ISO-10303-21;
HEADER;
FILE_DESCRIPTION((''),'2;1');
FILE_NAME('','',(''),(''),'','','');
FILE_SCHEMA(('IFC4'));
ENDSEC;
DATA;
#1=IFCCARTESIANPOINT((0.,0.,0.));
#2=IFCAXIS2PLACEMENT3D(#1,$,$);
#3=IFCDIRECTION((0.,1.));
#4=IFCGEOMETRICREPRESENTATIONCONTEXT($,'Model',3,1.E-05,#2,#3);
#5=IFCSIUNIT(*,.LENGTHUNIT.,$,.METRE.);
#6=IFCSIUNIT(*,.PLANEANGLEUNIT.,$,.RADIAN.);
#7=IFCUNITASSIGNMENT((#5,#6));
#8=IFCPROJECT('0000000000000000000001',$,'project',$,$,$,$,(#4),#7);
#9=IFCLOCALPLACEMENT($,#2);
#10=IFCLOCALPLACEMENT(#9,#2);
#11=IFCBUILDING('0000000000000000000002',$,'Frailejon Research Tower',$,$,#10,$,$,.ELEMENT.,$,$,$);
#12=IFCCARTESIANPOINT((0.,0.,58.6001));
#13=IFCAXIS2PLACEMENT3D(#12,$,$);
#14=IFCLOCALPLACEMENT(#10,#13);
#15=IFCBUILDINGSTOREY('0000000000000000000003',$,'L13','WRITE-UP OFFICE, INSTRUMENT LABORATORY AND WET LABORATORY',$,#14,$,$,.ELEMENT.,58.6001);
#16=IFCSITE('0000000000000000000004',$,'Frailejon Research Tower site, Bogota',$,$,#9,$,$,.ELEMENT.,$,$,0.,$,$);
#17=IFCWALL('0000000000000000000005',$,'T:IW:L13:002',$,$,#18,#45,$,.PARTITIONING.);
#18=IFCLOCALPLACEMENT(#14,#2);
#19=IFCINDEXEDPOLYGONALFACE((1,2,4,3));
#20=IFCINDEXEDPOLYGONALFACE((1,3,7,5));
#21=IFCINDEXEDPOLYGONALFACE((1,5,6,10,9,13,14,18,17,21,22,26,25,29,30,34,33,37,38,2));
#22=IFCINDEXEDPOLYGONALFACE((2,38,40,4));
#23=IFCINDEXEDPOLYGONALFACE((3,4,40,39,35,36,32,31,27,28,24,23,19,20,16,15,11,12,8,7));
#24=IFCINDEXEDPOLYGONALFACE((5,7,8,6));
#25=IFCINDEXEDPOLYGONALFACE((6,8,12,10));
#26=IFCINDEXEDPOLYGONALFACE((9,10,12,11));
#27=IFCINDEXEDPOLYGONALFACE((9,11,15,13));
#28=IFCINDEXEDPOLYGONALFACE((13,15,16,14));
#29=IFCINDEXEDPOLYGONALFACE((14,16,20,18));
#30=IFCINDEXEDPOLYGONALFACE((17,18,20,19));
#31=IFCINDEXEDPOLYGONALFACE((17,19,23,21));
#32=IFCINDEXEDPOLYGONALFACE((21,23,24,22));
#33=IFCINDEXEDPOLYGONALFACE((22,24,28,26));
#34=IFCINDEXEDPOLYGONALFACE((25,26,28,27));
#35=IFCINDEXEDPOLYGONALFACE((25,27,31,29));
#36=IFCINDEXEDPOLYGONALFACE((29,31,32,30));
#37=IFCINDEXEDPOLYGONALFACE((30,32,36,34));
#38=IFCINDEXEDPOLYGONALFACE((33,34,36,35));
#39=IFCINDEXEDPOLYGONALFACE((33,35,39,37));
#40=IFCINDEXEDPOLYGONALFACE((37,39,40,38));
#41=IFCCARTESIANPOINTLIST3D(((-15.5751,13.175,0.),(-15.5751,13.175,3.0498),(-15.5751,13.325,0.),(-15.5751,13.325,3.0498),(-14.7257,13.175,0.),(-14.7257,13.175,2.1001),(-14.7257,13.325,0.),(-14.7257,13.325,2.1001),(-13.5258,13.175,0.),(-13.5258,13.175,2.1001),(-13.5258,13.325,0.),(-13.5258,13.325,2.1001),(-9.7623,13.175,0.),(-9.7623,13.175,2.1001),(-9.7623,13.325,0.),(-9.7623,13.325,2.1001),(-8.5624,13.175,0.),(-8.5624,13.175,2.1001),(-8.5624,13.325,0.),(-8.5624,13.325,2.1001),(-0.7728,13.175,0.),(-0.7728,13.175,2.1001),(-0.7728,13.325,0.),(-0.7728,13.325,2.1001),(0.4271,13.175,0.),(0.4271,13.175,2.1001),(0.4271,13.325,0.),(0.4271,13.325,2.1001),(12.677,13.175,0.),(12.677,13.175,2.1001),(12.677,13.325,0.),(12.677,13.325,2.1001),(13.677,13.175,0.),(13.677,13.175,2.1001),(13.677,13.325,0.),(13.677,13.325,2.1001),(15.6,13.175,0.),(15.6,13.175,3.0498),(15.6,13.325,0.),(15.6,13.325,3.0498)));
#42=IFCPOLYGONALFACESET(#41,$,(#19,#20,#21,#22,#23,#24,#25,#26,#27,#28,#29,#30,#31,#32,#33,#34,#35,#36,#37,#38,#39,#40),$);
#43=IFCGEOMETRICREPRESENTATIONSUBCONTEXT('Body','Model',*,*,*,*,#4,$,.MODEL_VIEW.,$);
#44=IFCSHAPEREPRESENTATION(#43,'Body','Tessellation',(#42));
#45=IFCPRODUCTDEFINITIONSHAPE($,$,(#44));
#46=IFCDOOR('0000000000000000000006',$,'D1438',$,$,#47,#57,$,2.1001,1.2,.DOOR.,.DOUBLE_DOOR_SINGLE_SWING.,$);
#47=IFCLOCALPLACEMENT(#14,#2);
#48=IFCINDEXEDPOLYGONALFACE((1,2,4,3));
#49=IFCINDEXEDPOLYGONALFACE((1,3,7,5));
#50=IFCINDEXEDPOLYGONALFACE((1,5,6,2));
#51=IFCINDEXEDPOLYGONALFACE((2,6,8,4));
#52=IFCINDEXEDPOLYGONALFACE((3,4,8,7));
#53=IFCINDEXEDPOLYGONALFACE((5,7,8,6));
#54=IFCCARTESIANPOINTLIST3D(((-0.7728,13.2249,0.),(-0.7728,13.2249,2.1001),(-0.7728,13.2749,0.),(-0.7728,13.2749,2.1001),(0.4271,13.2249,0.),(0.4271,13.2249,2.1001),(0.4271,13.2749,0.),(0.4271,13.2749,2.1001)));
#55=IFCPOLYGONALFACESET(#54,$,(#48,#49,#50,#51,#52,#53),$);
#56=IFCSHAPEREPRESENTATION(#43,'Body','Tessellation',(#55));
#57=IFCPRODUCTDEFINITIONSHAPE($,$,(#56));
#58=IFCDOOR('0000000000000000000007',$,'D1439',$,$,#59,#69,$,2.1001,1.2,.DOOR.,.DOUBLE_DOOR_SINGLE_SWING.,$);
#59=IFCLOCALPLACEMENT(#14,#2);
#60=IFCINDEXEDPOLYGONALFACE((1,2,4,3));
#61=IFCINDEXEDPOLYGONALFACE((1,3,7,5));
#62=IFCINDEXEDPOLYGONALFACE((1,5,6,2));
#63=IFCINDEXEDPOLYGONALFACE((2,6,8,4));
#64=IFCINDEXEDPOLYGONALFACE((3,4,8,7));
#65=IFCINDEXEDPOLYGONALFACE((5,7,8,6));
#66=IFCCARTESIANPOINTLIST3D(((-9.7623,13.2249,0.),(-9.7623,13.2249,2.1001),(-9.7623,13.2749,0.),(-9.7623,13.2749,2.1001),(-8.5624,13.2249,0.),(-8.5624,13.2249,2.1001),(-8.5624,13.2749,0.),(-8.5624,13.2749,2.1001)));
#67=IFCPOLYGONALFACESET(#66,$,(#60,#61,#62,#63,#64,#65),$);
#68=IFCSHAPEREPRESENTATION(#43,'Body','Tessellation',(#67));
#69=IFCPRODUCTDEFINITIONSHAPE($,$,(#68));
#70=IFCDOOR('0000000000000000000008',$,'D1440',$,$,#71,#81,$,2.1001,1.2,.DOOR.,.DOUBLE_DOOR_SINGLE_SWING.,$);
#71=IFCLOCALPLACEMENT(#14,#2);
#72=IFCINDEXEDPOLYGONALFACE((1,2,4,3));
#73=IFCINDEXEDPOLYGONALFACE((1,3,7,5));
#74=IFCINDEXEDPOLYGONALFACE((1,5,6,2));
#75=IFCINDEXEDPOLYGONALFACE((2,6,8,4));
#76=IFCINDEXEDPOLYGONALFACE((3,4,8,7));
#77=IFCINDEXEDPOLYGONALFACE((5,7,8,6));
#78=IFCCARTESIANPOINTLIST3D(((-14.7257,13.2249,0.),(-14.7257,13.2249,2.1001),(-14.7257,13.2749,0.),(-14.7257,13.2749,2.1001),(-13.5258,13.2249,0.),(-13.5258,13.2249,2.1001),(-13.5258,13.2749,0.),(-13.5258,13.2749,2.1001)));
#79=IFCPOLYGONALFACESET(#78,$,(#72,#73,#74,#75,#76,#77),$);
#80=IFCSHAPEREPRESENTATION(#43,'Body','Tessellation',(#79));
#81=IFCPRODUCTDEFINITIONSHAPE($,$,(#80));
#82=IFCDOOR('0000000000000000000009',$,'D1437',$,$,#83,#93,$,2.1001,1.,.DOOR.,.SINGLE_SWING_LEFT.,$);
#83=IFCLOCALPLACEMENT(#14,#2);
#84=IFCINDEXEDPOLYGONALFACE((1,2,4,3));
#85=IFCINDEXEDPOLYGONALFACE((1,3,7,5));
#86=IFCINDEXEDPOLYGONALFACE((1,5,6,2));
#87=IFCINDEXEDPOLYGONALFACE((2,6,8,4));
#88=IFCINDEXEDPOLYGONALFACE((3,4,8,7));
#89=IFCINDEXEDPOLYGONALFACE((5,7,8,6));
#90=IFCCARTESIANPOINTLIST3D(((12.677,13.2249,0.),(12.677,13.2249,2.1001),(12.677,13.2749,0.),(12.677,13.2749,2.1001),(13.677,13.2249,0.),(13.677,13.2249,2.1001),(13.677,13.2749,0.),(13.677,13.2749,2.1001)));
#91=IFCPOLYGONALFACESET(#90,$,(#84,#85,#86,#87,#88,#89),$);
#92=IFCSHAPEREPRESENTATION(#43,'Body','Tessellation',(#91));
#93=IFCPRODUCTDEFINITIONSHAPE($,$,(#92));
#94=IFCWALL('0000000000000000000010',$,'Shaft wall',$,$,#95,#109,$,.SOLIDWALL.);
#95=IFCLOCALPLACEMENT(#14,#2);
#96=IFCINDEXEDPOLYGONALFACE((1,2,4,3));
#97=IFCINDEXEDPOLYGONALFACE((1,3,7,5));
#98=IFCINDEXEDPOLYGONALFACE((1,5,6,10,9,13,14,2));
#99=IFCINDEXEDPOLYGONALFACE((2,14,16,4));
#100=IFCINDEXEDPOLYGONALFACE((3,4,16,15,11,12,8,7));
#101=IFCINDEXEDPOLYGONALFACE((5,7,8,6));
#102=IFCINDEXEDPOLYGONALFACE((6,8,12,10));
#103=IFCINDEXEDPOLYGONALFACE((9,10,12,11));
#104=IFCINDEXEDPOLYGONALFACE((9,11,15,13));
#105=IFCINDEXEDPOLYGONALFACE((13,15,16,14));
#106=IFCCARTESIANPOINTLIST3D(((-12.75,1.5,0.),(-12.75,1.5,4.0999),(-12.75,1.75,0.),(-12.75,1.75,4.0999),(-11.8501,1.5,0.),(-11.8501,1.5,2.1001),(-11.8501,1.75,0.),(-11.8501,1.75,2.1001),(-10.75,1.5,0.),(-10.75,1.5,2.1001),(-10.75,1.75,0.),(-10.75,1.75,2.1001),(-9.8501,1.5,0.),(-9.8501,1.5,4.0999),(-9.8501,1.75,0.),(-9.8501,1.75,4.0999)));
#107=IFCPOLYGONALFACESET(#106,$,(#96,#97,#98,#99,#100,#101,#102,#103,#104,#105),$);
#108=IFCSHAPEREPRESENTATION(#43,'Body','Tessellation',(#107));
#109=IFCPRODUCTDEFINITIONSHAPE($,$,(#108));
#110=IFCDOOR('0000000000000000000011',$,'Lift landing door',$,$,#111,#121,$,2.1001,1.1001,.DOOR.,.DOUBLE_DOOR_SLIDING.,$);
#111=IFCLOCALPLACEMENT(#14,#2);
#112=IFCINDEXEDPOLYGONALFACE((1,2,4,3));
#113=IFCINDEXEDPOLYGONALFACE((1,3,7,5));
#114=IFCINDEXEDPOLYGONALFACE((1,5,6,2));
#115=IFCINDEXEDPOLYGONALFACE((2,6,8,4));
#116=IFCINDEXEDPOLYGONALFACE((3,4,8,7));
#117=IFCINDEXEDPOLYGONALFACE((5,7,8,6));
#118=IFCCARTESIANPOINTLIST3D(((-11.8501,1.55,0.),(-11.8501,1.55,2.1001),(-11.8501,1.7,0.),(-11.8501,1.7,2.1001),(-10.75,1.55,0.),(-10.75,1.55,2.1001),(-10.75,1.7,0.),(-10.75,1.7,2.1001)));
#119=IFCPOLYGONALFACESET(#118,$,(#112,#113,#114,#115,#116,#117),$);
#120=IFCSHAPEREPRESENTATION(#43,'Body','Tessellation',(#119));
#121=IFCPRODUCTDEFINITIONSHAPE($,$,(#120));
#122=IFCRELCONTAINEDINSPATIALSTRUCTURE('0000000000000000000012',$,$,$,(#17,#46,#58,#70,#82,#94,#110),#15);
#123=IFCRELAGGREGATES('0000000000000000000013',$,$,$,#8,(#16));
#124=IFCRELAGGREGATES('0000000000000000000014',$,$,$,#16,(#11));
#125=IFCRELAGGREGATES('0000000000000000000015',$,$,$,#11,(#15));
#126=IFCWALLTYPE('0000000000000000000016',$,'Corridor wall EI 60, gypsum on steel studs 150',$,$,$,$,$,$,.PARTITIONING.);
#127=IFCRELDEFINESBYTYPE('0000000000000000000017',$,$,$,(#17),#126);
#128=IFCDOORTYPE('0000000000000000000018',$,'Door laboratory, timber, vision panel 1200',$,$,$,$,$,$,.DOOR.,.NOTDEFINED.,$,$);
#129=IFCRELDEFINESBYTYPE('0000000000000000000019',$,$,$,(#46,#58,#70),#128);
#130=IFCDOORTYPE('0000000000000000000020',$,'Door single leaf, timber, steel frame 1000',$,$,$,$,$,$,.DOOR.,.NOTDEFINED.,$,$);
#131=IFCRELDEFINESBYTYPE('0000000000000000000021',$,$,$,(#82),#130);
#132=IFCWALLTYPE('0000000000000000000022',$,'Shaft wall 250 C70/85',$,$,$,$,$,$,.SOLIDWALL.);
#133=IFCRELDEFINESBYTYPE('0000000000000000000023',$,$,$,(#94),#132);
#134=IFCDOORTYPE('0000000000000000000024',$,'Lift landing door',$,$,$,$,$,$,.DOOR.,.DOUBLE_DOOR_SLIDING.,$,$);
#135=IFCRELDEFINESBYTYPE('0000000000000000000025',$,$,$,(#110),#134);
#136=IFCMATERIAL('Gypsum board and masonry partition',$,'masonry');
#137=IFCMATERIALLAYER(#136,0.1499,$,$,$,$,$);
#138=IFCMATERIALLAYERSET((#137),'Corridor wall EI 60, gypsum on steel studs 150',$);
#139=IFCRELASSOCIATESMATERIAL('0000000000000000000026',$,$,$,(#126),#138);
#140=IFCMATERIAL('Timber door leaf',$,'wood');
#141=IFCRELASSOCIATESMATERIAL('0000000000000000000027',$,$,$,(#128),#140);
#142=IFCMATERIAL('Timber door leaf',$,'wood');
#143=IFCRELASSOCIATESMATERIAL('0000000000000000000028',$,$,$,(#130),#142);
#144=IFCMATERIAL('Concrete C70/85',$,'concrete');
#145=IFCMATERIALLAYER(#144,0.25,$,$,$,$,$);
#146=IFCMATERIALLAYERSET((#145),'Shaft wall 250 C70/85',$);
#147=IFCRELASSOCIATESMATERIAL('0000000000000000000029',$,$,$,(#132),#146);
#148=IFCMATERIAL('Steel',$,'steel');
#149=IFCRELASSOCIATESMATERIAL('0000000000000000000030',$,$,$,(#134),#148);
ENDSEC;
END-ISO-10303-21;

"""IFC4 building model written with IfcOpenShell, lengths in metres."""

from ifc_helpers import new_model, si_unit, direction, frame, frame_2d, origin, place, context, subcontext, project, spatial, rectangle, extrude, material, layer, layer_set, type_object, element, fill, save


model = new_model("IFC4")

# Units and contexts
model_context = context("Model", 3, precision=1e-05, world=origin(), true_north=direction((0.0, 1.0)))
body_context = subcontext(model_context, "Body", "Model", "MODEL_VIEW")
ifc_project = project(units=[si_unit("LENGTHUNIT", "METRE"), si_unit("PLANEANGLEUNIT", "RADIAN")], contexts=[model_context])

# Site, building, storey
site_placement = place(None, origin())
site = spatial("IfcSite", under=ifc_project, at=site_placement, Name="Frailejon Research Tower site, Bogota", CompositionType="ELEMENT", RefElevation=0.0)
building_placement = place(site_placement, origin())
building = spatial("IfcBuilding", under=site, at=building_placement, Name="Frailejon Research Tower", CompositionType="ELEMENT")
storey_placement = place(building_placement, frame((0.0, 0.0, 58.6001)))
storey = spatial("IfcBuildingStorey", under=building, at=storey_placement, Name="L13", Description="WRITE-UP OFFICE, INSTRUMENT LABORATORY AND WET LABORATORY", CompositionType="ELEMENT", Elevation=58.6001)

# Wall, openings, doors
ifc_material_1 = material(Name="Gypsum board and masonry partition", Category="masonry")
ifc_layer_1 = layer(ifc_material_1, 0.1499)
ifc_layer_set_1 = layer_set([ifc_layer_1], Name="Corridor wall EI 60, gypsum on steel studs 150")
wall_type_1 = type_object("IfcWallType", Name="Corridor wall EI 60, gypsum on steel studs 150", PredefinedType="PARTITIONING", material=ifc_layer_set_1)
wall_1_placement = place(storey_placement, frame((-15.575, 13.25, 0.0), z_axis=(0.0, 0.0, 1.0), x_axis=(1.0, 0.0, 0.0)))
wall_1 = element("IfcWall", 1, at=wall_1_placement, inside=storey, type_object=wall_type_1, Name="T:IW:L13:002", PredefinedType="PARTITIONING", context=body_context, shape_type="SweptSolid", body=[
    extrude(rectangle(XDim=31.175, YDim=0.1499, at=frame_2d((15.5874, 0.0))), origin(), (0.0, 0.0, 1.0), 3.0498),
])
opening_1_placement = place(wall_1_placement, frame((28.252, 0.0, 0.0)))
opening_1 = element("IfcOpeningElement", 2, at=opening_1_placement, cuts=wall_1, PredefinedType="OPENING", context=body_context, shape_type="SweptSolid", body=[
    extrude(rectangle(XDim=1.0, YDim=2.1001, at=frame_2d((0.5, 1.05))), frame((0.0, 0.085, 0.0), z_axis=(0.0, -1.0, 0.0), x_axis=(1.0, 0.0, 0.0)), (0.0, 0.0, 1.0), 0.1699),
])
opening_2_placement = place(wall_1_placement, frame((14.802, 0.0, 0.0)))
opening_2 = element("IfcOpeningElement", 3, at=opening_2_placement, cuts=wall_1, PredefinedType="OPENING", context=body_context, shape_type="SweptSolid", body=[
    extrude(rectangle(XDim=1.2, YDim=2.1001, at=frame_2d((0.6001, 1.05))), frame((0.0, 0.085, 0.0), z_axis=(0.0, -1.0, 0.0), x_axis=(1.0, 0.0, 0.0)), (0.0, 0.0, 1.0), 0.1699),
])
opening_3_placement = place(wall_1_placement, frame((5.8125, 0.0, 0.0)))
opening_3 = element("IfcOpeningElement", 4, at=opening_3_placement, cuts=wall_1, PredefinedType="OPENING", context=body_context, shape_type="SweptSolid", body=[
    extrude(rectangle(XDim=1.2, YDim=2.1001, at=frame_2d((0.6001, 1.05))), frame((0.0, 0.085, 0.0), z_axis=(0.0, -1.0, 0.0), x_axis=(1.0, 0.0, 0.0)), (0.0, 0.0, 1.0), 0.1699),
])
opening_4_placement = place(wall_1_placement, frame((0.8491, 0.0, 0.0)))
opening_4 = element("IfcOpeningElement", 5, at=opening_4_placement, cuts=wall_1, PredefinedType="OPENING", context=body_context, shape_type="SweptSolid", body=[
    extrude(rectangle(XDim=1.2, YDim=2.1001, at=frame_2d((0.6001, 1.05))), frame((0.0, 0.085, 0.0), z_axis=(0.0, -1.0, 0.0), x_axis=(1.0, 0.0, 0.0)), (0.0, 0.0, 1.0), 0.1699),
])
ifc_material_2 = material(Name="Timber door leaf", Category="wood")
door_type_1 = type_object("IfcDoorType", Name="Door laboratory, timber, vision panel 1200", OperationType="NOTDEFINED", PredefinedType="DOOR", material=ifc_material_2)
door_1_placement = place(opening_2_placement, origin())
door_1 = element("IfcDoor", 6, at=door_1_placement, inside=storey, type_object=door_type_1, Name="D1438", OperationType="DOUBLE_DOOR_SINGLE_SWING", OverallHeight=2.1001, OverallWidth=1.2, PredefinedType="DOOR", context=body_context, shape_type="SweptSolid", body=[
    extrude(rectangle(XDim=1.2, YDim=2.1001, at=frame_2d((0.6001, 1.05))), frame((0.0, 0.0249, 0.0), z_axis=(0.0, -1.0, 0.0), x_axis=(1.0, 0.0, 0.0)), (0.0, 0.0, 1.0), 0.05),
])
fill(opening_2, door_1)
door_2_placement = place(opening_3_placement, origin())
door_2 = element("IfcDoor", 7, at=door_2_placement, inside=storey, type_object=door_type_1, Name="D1439", OperationType="DOUBLE_DOOR_SINGLE_SWING", OverallHeight=2.1001, OverallWidth=1.2, PredefinedType="DOOR", context=body_context, shape_type="SweptSolid", body=[
    extrude(rectangle(XDim=1.2, YDim=2.1001, at=frame_2d((0.6001, 1.05))), frame((0.0, 0.0249, 0.0), z_axis=(0.0, -1.0, 0.0), x_axis=(1.0, 0.0, 0.0)), (0.0, 0.0, 1.0), 0.05),
])
fill(opening_3, door_2)
door_3_placement = place(opening_4_placement, origin())
door_3 = element("IfcDoor", 8, at=door_3_placement, inside=storey, type_object=door_type_1, Name="D1440", OperationType="DOUBLE_DOOR_SINGLE_SWING", OverallHeight=2.1001, OverallWidth=1.2, PredefinedType="DOOR", context=body_context, shape_type="SweptSolid", body=[
    extrude(rectangle(XDim=1.2, YDim=2.1001, at=frame_2d((0.6001, 1.05))), frame((0.0, 0.0249, 0.0), z_axis=(0.0, -1.0, 0.0), x_axis=(1.0, 0.0, 0.0)), (0.0, 0.0, 1.0), 0.05),
])
fill(opening_4, door_3)
ifc_material_3 = material(Name="Timber door leaf", Category="wood")
door_type_2 = type_object("IfcDoorType", Name="Door single leaf, timber, steel frame 1000", OperationType="NOTDEFINED", PredefinedType="DOOR", material=ifc_material_3)
door_4_placement = place(opening_1_placement, origin())
door_4 = element("IfcDoor", 9, at=door_4_placement, inside=storey, type_object=door_type_2, Name="D1437", OperationType="SINGLE_SWING_LEFT", OverallHeight=2.1001, OverallWidth=1.0, PredefinedType="DOOR", context=body_context, shape_type="SweptSolid", body=[
    extrude(rectangle(XDim=1.0, YDim=2.1001, at=frame_2d((0.5, 1.05))), frame((0.0, 0.0249, 0.0), z_axis=(0.0, -1.0, 0.0), x_axis=(1.0, 0.0, 0.0)), (0.0, 0.0, 1.0), 0.05),
])
fill(opening_1, door_4)

# Wall, opening, door
ifc_material_4 = material(Name="Concrete C70/85", Category="concrete")
ifc_layer_2 = layer(ifc_material_4, 0.25)
ifc_layer_set_2 = layer_set([ifc_layer_2], Name="Shaft wall 250 C70/85")
wall_type_2 = type_object("IfcWallType", Name="Shaft wall 250 C70/85", PredefinedType="SOLIDWALL", material=ifc_layer_set_2)
wall_2_placement = place(storey_placement, frame((-12.75, 1.625, 0.0), z_axis=(0.0, 0.0, 1.0), x_axis=(1.0, 0.0, 0.0)))
wall_2 = element("IfcWall", 10, at=wall_2_placement, inside=storey, type_object=wall_type_2, Name="Shaft wall", PredefinedType="SOLIDWALL", context=body_context, shape_type="SweptSolid", body=[
    extrude(rectangle(XDim=2.8999, YDim=0.25, at=frame_2d((1.45, 0.0))), origin(), (0.0, 0.0, 1.0), 4.0999),
])
opening_5_placement = place(wall_2_placement, frame((0.8999, 0.0, 0.0)))
opening_5 = element("IfcOpeningElement", 11, at=opening_5_placement, cuts=wall_2, PredefinedType="OPENING", context=body_context, shape_type="SweptSolid", body=[
    extrude(rectangle(XDim=1.1001, YDim=2.1001, at=frame_2d((0.55, 1.05))), frame((0.0, 0.135, 0.0), z_axis=(0.0, -1.0, 0.0), x_axis=(1.0, 0.0, 0.0)), (0.0, 0.0, 1.0), 0.27),
])
ifc_material_5 = material(Name="Steel", Category="steel")
door_type_3 = type_object("IfcDoorType", Name="Lift landing door", OperationType="DOUBLE_DOOR_SLIDING", PredefinedType="DOOR", material=ifc_material_5)
door_5_placement = place(opening_5_placement, origin())
door_5 = element("IfcDoor", 12, at=door_5_placement, inside=storey, type_object=door_type_3, Name="Lift landing door", OperationType="DOUBLE_DOOR_SLIDING", OverallHeight=2.1001, OverallWidth=1.1001, PredefinedType="DOOR", context=body_context, shape_type="SweptSolid", body=[
    extrude(rectangle(XDim=1.1001, YDim=2.1001, at=frame_2d((0.55, 1.05))), frame((0.0, 0.075, 0.0), z_axis=(0.0, -1.0, 0.0), x_axis=(1.0, 0.0, 0.0)), (0.0, 0.0, 1.0), 0.1499),
])
fill(opening_5, door_5)

save(model, "model.ifc")
